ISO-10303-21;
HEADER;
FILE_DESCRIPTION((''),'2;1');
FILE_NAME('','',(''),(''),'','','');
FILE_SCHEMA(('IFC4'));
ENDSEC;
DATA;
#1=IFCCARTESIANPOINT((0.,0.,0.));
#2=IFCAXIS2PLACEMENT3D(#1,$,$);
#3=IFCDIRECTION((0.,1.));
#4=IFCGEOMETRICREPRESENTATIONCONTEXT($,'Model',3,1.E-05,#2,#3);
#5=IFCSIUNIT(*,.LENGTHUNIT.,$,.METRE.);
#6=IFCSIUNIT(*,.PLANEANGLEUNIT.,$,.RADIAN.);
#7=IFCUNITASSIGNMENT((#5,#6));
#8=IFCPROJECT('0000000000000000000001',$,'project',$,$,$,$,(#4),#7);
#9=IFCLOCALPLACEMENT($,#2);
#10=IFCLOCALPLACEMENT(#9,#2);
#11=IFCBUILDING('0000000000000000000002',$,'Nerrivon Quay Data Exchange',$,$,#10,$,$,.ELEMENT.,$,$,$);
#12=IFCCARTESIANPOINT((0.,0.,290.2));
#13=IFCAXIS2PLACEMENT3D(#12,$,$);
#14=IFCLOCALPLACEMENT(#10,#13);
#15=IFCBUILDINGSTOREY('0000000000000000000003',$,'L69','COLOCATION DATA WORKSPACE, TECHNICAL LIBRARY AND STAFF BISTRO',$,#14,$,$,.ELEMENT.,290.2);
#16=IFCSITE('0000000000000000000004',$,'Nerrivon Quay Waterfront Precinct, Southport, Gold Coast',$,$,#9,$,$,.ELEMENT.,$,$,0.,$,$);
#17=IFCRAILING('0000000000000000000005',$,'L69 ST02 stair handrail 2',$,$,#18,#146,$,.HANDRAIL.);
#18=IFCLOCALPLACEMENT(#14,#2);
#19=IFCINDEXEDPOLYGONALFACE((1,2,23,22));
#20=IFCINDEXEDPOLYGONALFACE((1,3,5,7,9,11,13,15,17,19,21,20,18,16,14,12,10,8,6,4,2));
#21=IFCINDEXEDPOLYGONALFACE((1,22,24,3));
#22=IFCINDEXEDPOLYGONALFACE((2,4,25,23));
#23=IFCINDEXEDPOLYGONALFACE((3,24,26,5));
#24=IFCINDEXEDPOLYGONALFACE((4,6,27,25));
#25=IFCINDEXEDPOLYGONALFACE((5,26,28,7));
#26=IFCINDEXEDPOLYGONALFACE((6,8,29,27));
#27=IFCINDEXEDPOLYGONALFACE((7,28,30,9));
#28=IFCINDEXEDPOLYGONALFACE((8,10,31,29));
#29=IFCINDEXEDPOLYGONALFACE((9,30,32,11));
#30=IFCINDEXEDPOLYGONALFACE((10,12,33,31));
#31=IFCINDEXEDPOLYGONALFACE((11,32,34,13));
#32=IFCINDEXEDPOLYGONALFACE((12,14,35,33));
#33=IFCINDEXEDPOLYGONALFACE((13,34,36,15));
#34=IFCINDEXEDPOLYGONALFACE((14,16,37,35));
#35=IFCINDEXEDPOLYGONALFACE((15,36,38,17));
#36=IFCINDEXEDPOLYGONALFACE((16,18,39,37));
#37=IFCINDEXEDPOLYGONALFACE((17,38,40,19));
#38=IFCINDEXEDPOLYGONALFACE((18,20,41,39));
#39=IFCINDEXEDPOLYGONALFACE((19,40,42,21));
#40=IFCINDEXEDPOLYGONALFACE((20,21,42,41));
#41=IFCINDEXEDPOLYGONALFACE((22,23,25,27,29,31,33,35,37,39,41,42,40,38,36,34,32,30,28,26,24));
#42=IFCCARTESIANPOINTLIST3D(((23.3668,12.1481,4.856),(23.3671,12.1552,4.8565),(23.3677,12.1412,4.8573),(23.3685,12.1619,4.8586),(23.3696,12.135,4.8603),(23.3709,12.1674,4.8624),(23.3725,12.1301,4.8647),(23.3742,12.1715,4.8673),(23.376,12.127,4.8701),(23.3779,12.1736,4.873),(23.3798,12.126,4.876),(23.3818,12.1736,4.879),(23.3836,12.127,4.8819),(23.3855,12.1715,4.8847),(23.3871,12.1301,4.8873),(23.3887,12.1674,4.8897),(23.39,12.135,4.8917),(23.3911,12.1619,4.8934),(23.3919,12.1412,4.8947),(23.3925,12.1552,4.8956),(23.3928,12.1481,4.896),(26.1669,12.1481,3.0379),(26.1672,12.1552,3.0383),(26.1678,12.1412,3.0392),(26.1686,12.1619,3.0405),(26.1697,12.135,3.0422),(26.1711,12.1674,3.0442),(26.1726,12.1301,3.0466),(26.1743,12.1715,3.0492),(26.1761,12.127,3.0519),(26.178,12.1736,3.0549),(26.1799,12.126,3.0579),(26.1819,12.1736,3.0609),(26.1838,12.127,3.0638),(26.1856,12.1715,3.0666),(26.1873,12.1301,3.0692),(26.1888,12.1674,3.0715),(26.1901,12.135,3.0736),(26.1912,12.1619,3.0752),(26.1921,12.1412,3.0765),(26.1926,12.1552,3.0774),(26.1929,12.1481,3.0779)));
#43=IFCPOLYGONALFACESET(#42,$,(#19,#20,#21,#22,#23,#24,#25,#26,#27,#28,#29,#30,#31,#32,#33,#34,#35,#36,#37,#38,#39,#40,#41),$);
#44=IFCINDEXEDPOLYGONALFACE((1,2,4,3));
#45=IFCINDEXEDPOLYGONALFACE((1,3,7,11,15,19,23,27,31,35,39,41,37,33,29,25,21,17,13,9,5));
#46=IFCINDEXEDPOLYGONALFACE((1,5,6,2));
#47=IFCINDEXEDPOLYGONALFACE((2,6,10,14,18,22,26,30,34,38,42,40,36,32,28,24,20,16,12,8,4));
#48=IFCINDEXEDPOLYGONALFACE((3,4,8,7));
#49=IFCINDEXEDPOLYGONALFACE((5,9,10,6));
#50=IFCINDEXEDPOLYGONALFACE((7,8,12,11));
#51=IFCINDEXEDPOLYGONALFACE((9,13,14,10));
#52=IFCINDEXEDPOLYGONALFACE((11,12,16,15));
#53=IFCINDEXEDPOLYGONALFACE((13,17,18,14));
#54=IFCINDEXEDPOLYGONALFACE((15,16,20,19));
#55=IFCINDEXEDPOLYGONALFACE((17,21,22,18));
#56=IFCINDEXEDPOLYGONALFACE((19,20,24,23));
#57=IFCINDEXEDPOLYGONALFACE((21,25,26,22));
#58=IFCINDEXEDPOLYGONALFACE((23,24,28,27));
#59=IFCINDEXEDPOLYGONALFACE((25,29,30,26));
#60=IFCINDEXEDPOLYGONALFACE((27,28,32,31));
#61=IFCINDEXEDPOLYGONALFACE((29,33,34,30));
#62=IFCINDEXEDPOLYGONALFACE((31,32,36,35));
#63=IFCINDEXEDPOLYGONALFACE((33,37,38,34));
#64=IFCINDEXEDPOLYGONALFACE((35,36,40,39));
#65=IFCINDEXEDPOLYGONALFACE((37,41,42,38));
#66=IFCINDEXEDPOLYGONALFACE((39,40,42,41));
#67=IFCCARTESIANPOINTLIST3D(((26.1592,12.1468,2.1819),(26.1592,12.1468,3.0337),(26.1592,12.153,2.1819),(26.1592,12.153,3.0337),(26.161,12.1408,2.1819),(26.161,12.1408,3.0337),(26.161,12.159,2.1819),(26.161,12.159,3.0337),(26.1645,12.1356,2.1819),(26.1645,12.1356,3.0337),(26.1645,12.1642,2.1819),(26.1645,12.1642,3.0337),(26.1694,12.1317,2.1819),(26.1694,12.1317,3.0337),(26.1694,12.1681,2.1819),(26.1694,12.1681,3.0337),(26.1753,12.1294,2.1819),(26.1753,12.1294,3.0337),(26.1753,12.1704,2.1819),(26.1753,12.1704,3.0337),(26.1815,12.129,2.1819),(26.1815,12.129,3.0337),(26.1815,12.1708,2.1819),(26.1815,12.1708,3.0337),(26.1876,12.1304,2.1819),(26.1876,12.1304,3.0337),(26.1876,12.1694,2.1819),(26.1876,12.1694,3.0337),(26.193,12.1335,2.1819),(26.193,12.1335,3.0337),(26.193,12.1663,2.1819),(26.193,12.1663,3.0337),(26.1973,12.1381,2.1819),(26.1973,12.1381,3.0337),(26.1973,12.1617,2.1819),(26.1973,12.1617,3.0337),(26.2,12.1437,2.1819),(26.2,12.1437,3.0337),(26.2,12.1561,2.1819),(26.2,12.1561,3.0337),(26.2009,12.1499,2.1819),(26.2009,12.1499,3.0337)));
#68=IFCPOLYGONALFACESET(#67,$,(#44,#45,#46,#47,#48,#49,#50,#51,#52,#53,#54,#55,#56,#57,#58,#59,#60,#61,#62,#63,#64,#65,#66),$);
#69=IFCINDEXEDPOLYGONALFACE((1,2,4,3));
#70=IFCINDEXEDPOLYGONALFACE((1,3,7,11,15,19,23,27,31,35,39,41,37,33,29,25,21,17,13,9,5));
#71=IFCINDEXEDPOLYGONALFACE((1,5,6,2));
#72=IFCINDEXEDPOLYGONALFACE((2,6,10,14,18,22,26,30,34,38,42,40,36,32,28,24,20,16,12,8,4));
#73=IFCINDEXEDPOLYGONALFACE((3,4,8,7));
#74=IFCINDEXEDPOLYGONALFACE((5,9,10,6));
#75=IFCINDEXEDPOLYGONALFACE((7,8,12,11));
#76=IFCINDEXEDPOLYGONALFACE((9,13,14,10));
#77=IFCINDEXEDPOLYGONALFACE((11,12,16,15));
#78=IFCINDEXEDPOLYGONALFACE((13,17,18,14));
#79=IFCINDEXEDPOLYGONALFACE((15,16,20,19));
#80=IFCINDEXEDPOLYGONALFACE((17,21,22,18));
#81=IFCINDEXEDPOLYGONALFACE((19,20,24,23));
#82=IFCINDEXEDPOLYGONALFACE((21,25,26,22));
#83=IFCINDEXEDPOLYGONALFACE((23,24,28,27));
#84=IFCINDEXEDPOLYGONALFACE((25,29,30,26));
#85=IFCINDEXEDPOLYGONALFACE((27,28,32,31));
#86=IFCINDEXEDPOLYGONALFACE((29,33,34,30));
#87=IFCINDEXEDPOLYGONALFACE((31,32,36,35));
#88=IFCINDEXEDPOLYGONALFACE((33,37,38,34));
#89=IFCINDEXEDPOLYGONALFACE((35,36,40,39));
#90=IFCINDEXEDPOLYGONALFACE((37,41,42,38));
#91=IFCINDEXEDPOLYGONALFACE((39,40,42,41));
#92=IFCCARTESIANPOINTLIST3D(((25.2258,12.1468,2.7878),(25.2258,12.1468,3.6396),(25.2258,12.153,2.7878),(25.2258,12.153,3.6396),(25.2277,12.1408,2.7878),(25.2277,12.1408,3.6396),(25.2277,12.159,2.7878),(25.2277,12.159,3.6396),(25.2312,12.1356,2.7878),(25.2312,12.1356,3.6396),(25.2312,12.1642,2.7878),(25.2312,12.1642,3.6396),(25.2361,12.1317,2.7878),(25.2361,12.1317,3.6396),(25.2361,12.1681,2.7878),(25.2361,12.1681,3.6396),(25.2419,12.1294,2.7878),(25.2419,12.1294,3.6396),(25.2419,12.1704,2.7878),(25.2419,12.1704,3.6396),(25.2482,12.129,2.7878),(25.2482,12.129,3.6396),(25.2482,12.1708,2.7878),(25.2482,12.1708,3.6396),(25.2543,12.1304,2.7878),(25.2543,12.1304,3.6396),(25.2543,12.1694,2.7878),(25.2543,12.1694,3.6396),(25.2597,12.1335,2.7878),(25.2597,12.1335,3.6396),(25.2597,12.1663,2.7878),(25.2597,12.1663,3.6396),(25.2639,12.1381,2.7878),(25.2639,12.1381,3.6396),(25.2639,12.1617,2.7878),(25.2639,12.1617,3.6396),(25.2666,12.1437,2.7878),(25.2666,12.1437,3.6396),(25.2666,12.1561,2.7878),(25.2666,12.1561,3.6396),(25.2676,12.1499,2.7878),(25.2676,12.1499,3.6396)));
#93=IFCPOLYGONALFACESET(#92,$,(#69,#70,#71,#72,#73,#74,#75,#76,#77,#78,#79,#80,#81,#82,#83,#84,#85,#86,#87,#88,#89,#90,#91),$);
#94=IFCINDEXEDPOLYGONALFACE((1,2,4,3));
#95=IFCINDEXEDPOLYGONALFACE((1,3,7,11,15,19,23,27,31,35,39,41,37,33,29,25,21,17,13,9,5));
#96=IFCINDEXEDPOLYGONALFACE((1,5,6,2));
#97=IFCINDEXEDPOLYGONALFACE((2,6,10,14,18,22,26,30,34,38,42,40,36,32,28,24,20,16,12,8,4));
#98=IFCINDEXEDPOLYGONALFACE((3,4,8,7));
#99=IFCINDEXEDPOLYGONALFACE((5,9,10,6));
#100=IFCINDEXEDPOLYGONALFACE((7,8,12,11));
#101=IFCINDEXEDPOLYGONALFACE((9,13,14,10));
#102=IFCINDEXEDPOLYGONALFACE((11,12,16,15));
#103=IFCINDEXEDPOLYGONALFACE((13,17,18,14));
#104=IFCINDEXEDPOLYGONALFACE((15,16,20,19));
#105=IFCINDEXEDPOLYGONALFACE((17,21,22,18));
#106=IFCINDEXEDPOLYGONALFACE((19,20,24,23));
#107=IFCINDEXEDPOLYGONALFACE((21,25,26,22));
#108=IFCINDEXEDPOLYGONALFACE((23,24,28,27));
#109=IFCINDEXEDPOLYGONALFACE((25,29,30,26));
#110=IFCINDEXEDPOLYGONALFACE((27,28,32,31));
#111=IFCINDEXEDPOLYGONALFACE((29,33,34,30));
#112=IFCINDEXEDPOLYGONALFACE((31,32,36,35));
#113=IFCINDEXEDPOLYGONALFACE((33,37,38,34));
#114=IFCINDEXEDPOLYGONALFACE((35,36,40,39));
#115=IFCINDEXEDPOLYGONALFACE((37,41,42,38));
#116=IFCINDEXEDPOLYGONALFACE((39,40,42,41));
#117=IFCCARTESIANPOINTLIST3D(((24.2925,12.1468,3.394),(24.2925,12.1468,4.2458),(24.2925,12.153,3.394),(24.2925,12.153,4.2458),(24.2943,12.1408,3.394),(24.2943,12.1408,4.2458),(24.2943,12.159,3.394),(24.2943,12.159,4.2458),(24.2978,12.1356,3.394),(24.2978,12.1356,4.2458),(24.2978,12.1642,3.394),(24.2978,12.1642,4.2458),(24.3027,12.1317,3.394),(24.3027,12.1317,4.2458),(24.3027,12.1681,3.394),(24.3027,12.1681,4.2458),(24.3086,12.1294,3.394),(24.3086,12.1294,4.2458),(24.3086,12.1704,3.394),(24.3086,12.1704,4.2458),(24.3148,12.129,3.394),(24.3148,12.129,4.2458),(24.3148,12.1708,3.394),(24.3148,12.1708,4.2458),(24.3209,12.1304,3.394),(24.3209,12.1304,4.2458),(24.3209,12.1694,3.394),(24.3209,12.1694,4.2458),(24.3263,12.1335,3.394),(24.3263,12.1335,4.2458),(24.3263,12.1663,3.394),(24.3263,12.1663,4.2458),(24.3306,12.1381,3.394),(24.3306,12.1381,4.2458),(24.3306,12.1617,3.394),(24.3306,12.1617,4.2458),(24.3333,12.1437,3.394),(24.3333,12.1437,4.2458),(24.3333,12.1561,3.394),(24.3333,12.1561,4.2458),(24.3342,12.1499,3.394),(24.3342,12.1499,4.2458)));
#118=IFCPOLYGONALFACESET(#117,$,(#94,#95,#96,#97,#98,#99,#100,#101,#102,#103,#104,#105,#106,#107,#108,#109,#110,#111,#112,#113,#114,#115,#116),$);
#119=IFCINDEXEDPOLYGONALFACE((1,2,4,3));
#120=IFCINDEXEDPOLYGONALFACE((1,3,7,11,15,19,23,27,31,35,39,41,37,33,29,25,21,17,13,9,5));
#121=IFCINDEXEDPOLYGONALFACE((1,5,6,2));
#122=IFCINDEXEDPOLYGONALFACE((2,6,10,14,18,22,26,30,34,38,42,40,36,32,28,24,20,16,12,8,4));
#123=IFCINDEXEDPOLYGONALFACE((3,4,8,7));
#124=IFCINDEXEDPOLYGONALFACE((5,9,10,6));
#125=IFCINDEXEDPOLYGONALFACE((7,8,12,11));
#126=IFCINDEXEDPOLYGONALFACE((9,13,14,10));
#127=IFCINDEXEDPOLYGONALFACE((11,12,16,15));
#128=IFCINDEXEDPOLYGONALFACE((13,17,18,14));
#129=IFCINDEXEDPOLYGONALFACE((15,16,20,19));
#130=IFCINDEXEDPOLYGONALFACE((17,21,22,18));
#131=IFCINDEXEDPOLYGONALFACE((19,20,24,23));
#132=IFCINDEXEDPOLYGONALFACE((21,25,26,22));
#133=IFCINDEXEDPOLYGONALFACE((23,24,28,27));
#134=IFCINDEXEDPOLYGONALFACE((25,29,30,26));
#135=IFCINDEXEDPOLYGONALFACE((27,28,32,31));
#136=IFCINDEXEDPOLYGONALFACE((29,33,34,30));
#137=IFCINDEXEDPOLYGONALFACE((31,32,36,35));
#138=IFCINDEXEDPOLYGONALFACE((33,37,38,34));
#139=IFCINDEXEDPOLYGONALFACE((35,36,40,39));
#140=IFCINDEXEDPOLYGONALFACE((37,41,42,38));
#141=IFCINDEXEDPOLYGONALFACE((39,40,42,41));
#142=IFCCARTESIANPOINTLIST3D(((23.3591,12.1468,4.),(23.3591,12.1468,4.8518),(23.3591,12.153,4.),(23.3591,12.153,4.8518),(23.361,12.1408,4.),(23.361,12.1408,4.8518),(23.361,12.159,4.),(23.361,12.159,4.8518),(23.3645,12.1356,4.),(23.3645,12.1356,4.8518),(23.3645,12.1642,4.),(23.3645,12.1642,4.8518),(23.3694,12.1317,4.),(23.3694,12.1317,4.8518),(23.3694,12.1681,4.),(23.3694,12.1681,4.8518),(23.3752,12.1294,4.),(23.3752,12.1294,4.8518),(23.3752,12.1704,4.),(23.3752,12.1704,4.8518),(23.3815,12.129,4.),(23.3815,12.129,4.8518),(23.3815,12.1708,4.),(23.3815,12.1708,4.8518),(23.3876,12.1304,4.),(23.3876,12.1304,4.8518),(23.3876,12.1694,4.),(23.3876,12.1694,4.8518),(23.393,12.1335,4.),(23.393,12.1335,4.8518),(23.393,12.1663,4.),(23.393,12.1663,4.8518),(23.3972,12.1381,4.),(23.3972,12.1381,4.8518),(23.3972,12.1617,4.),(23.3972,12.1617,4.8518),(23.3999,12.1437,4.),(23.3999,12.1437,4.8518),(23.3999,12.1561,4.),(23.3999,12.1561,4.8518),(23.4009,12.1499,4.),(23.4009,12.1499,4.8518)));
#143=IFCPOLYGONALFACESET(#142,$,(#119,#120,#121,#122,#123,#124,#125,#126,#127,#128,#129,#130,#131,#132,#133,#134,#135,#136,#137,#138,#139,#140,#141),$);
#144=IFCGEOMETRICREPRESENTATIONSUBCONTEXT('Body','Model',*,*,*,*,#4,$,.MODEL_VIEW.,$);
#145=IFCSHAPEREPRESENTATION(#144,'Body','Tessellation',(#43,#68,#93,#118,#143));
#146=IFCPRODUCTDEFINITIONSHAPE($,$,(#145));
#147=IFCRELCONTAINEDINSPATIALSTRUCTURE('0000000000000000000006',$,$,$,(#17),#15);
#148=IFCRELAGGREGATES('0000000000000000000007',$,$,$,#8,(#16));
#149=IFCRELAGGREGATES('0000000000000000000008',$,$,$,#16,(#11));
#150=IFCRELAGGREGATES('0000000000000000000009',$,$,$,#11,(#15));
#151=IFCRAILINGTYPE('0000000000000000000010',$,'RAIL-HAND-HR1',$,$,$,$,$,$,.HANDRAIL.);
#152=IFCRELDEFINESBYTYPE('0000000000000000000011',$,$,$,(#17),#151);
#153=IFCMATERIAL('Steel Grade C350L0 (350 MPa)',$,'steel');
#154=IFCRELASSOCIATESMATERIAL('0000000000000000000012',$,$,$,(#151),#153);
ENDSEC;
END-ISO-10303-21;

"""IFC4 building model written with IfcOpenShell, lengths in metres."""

from ifc_helpers import new_model, si_unit, direction, frame, origin, origin_2d, place, context, subcontext, project, spatial, circle, extrude, material, type_object, element, save


model = new_model("IFC4")

# Units and contexts
model_context = context("Model", 3, precision=1e-05, world=origin(), true_north=direction((0.0, 1.0)))
body_context = subcontext(model_context, "Body", "Model", "MODEL_VIEW")
ifc_project = project(units=[si_unit("LENGTHUNIT", "METRE"), si_unit("PLANEANGLEUNIT", "RADIAN")], contexts=[model_context])

# Site, building, storey
site_placement = place(None, origin())
site = spatial("IfcSite", under=ifc_project, at=site_placement, Name="Nerrivon Quay Waterfront Precinct, Southport, Gold Coast", CompositionType="ELEMENT", RefElevation=0.0)
building_placement = place(site_placement, origin())
building = spatial("IfcBuilding", under=site, at=building_placement, Name="Nerrivon Quay Data Exchange", CompositionType="ELEMENT")
storey_placement = place(building_placement, frame((0.0, 0.0, 290.2)))
storey = spatial("IfcBuildingStorey", under=building, at=storey_placement, Name="L69", Description="COLOCATION DATA WORKSPACE, TECHNICAL LIBRARY AND STAFF BISTRO", CompositionType="ELEMENT", Elevation=290.2)

# Shared definitions
ifc_material_1 = material(Name="Steel Grade C350L0 (350 MPa)", Category="steel")

# Railing
railing_type_1 = type_object("IfcRailingType", Name="RAIL-HAND-HR1", PredefinedType="HANDRAIL", material=ifc_material_1)
railing_1_placement = place(storey_placement, frame((26.1799, 12.1499, 2.1819)))
element("IfcRailing", 1, at=railing_1_placement, inside=storey, type_object=railing_type_1, Name="L69 ST02 stair handrail 2", PredefinedType="HANDRAIL", context=body_context, shape_type="SweptSolid", body=[
    extrude(circle(Radius=0.0239, at=origin_2d()), frame((0.0, 0.0, 0.876), z_axis=(-0.838706, 0.0, 0.544585), x_axis=(0.0, -1.0, 0.0)), (0.0, 0.0, 1.0), 3.3386),
    extrude(circle(Radius=0.021, at=origin_2d()), origin(), (0.0, 0.0, 1.0), 0.8518),
    extrude(circle(Radius=0.021, at=origin_2d()), frame((-0.9333, 0.0, 0.606)), (0.0, 0.0, 1.0), 0.8518),
    extrude(circle(Radius=0.021, at=origin_2d()), frame((-1.8667, 0.0, 1.2122)), (0.0, 0.0, 1.0), 0.8518),
    extrude(circle(Radius=0.021, at=origin_2d()), frame((-2.8, 0.0, 1.8181)), (0.0, 0.0, 1.0), 0.8518),
])

save(model, "model.ifc")
